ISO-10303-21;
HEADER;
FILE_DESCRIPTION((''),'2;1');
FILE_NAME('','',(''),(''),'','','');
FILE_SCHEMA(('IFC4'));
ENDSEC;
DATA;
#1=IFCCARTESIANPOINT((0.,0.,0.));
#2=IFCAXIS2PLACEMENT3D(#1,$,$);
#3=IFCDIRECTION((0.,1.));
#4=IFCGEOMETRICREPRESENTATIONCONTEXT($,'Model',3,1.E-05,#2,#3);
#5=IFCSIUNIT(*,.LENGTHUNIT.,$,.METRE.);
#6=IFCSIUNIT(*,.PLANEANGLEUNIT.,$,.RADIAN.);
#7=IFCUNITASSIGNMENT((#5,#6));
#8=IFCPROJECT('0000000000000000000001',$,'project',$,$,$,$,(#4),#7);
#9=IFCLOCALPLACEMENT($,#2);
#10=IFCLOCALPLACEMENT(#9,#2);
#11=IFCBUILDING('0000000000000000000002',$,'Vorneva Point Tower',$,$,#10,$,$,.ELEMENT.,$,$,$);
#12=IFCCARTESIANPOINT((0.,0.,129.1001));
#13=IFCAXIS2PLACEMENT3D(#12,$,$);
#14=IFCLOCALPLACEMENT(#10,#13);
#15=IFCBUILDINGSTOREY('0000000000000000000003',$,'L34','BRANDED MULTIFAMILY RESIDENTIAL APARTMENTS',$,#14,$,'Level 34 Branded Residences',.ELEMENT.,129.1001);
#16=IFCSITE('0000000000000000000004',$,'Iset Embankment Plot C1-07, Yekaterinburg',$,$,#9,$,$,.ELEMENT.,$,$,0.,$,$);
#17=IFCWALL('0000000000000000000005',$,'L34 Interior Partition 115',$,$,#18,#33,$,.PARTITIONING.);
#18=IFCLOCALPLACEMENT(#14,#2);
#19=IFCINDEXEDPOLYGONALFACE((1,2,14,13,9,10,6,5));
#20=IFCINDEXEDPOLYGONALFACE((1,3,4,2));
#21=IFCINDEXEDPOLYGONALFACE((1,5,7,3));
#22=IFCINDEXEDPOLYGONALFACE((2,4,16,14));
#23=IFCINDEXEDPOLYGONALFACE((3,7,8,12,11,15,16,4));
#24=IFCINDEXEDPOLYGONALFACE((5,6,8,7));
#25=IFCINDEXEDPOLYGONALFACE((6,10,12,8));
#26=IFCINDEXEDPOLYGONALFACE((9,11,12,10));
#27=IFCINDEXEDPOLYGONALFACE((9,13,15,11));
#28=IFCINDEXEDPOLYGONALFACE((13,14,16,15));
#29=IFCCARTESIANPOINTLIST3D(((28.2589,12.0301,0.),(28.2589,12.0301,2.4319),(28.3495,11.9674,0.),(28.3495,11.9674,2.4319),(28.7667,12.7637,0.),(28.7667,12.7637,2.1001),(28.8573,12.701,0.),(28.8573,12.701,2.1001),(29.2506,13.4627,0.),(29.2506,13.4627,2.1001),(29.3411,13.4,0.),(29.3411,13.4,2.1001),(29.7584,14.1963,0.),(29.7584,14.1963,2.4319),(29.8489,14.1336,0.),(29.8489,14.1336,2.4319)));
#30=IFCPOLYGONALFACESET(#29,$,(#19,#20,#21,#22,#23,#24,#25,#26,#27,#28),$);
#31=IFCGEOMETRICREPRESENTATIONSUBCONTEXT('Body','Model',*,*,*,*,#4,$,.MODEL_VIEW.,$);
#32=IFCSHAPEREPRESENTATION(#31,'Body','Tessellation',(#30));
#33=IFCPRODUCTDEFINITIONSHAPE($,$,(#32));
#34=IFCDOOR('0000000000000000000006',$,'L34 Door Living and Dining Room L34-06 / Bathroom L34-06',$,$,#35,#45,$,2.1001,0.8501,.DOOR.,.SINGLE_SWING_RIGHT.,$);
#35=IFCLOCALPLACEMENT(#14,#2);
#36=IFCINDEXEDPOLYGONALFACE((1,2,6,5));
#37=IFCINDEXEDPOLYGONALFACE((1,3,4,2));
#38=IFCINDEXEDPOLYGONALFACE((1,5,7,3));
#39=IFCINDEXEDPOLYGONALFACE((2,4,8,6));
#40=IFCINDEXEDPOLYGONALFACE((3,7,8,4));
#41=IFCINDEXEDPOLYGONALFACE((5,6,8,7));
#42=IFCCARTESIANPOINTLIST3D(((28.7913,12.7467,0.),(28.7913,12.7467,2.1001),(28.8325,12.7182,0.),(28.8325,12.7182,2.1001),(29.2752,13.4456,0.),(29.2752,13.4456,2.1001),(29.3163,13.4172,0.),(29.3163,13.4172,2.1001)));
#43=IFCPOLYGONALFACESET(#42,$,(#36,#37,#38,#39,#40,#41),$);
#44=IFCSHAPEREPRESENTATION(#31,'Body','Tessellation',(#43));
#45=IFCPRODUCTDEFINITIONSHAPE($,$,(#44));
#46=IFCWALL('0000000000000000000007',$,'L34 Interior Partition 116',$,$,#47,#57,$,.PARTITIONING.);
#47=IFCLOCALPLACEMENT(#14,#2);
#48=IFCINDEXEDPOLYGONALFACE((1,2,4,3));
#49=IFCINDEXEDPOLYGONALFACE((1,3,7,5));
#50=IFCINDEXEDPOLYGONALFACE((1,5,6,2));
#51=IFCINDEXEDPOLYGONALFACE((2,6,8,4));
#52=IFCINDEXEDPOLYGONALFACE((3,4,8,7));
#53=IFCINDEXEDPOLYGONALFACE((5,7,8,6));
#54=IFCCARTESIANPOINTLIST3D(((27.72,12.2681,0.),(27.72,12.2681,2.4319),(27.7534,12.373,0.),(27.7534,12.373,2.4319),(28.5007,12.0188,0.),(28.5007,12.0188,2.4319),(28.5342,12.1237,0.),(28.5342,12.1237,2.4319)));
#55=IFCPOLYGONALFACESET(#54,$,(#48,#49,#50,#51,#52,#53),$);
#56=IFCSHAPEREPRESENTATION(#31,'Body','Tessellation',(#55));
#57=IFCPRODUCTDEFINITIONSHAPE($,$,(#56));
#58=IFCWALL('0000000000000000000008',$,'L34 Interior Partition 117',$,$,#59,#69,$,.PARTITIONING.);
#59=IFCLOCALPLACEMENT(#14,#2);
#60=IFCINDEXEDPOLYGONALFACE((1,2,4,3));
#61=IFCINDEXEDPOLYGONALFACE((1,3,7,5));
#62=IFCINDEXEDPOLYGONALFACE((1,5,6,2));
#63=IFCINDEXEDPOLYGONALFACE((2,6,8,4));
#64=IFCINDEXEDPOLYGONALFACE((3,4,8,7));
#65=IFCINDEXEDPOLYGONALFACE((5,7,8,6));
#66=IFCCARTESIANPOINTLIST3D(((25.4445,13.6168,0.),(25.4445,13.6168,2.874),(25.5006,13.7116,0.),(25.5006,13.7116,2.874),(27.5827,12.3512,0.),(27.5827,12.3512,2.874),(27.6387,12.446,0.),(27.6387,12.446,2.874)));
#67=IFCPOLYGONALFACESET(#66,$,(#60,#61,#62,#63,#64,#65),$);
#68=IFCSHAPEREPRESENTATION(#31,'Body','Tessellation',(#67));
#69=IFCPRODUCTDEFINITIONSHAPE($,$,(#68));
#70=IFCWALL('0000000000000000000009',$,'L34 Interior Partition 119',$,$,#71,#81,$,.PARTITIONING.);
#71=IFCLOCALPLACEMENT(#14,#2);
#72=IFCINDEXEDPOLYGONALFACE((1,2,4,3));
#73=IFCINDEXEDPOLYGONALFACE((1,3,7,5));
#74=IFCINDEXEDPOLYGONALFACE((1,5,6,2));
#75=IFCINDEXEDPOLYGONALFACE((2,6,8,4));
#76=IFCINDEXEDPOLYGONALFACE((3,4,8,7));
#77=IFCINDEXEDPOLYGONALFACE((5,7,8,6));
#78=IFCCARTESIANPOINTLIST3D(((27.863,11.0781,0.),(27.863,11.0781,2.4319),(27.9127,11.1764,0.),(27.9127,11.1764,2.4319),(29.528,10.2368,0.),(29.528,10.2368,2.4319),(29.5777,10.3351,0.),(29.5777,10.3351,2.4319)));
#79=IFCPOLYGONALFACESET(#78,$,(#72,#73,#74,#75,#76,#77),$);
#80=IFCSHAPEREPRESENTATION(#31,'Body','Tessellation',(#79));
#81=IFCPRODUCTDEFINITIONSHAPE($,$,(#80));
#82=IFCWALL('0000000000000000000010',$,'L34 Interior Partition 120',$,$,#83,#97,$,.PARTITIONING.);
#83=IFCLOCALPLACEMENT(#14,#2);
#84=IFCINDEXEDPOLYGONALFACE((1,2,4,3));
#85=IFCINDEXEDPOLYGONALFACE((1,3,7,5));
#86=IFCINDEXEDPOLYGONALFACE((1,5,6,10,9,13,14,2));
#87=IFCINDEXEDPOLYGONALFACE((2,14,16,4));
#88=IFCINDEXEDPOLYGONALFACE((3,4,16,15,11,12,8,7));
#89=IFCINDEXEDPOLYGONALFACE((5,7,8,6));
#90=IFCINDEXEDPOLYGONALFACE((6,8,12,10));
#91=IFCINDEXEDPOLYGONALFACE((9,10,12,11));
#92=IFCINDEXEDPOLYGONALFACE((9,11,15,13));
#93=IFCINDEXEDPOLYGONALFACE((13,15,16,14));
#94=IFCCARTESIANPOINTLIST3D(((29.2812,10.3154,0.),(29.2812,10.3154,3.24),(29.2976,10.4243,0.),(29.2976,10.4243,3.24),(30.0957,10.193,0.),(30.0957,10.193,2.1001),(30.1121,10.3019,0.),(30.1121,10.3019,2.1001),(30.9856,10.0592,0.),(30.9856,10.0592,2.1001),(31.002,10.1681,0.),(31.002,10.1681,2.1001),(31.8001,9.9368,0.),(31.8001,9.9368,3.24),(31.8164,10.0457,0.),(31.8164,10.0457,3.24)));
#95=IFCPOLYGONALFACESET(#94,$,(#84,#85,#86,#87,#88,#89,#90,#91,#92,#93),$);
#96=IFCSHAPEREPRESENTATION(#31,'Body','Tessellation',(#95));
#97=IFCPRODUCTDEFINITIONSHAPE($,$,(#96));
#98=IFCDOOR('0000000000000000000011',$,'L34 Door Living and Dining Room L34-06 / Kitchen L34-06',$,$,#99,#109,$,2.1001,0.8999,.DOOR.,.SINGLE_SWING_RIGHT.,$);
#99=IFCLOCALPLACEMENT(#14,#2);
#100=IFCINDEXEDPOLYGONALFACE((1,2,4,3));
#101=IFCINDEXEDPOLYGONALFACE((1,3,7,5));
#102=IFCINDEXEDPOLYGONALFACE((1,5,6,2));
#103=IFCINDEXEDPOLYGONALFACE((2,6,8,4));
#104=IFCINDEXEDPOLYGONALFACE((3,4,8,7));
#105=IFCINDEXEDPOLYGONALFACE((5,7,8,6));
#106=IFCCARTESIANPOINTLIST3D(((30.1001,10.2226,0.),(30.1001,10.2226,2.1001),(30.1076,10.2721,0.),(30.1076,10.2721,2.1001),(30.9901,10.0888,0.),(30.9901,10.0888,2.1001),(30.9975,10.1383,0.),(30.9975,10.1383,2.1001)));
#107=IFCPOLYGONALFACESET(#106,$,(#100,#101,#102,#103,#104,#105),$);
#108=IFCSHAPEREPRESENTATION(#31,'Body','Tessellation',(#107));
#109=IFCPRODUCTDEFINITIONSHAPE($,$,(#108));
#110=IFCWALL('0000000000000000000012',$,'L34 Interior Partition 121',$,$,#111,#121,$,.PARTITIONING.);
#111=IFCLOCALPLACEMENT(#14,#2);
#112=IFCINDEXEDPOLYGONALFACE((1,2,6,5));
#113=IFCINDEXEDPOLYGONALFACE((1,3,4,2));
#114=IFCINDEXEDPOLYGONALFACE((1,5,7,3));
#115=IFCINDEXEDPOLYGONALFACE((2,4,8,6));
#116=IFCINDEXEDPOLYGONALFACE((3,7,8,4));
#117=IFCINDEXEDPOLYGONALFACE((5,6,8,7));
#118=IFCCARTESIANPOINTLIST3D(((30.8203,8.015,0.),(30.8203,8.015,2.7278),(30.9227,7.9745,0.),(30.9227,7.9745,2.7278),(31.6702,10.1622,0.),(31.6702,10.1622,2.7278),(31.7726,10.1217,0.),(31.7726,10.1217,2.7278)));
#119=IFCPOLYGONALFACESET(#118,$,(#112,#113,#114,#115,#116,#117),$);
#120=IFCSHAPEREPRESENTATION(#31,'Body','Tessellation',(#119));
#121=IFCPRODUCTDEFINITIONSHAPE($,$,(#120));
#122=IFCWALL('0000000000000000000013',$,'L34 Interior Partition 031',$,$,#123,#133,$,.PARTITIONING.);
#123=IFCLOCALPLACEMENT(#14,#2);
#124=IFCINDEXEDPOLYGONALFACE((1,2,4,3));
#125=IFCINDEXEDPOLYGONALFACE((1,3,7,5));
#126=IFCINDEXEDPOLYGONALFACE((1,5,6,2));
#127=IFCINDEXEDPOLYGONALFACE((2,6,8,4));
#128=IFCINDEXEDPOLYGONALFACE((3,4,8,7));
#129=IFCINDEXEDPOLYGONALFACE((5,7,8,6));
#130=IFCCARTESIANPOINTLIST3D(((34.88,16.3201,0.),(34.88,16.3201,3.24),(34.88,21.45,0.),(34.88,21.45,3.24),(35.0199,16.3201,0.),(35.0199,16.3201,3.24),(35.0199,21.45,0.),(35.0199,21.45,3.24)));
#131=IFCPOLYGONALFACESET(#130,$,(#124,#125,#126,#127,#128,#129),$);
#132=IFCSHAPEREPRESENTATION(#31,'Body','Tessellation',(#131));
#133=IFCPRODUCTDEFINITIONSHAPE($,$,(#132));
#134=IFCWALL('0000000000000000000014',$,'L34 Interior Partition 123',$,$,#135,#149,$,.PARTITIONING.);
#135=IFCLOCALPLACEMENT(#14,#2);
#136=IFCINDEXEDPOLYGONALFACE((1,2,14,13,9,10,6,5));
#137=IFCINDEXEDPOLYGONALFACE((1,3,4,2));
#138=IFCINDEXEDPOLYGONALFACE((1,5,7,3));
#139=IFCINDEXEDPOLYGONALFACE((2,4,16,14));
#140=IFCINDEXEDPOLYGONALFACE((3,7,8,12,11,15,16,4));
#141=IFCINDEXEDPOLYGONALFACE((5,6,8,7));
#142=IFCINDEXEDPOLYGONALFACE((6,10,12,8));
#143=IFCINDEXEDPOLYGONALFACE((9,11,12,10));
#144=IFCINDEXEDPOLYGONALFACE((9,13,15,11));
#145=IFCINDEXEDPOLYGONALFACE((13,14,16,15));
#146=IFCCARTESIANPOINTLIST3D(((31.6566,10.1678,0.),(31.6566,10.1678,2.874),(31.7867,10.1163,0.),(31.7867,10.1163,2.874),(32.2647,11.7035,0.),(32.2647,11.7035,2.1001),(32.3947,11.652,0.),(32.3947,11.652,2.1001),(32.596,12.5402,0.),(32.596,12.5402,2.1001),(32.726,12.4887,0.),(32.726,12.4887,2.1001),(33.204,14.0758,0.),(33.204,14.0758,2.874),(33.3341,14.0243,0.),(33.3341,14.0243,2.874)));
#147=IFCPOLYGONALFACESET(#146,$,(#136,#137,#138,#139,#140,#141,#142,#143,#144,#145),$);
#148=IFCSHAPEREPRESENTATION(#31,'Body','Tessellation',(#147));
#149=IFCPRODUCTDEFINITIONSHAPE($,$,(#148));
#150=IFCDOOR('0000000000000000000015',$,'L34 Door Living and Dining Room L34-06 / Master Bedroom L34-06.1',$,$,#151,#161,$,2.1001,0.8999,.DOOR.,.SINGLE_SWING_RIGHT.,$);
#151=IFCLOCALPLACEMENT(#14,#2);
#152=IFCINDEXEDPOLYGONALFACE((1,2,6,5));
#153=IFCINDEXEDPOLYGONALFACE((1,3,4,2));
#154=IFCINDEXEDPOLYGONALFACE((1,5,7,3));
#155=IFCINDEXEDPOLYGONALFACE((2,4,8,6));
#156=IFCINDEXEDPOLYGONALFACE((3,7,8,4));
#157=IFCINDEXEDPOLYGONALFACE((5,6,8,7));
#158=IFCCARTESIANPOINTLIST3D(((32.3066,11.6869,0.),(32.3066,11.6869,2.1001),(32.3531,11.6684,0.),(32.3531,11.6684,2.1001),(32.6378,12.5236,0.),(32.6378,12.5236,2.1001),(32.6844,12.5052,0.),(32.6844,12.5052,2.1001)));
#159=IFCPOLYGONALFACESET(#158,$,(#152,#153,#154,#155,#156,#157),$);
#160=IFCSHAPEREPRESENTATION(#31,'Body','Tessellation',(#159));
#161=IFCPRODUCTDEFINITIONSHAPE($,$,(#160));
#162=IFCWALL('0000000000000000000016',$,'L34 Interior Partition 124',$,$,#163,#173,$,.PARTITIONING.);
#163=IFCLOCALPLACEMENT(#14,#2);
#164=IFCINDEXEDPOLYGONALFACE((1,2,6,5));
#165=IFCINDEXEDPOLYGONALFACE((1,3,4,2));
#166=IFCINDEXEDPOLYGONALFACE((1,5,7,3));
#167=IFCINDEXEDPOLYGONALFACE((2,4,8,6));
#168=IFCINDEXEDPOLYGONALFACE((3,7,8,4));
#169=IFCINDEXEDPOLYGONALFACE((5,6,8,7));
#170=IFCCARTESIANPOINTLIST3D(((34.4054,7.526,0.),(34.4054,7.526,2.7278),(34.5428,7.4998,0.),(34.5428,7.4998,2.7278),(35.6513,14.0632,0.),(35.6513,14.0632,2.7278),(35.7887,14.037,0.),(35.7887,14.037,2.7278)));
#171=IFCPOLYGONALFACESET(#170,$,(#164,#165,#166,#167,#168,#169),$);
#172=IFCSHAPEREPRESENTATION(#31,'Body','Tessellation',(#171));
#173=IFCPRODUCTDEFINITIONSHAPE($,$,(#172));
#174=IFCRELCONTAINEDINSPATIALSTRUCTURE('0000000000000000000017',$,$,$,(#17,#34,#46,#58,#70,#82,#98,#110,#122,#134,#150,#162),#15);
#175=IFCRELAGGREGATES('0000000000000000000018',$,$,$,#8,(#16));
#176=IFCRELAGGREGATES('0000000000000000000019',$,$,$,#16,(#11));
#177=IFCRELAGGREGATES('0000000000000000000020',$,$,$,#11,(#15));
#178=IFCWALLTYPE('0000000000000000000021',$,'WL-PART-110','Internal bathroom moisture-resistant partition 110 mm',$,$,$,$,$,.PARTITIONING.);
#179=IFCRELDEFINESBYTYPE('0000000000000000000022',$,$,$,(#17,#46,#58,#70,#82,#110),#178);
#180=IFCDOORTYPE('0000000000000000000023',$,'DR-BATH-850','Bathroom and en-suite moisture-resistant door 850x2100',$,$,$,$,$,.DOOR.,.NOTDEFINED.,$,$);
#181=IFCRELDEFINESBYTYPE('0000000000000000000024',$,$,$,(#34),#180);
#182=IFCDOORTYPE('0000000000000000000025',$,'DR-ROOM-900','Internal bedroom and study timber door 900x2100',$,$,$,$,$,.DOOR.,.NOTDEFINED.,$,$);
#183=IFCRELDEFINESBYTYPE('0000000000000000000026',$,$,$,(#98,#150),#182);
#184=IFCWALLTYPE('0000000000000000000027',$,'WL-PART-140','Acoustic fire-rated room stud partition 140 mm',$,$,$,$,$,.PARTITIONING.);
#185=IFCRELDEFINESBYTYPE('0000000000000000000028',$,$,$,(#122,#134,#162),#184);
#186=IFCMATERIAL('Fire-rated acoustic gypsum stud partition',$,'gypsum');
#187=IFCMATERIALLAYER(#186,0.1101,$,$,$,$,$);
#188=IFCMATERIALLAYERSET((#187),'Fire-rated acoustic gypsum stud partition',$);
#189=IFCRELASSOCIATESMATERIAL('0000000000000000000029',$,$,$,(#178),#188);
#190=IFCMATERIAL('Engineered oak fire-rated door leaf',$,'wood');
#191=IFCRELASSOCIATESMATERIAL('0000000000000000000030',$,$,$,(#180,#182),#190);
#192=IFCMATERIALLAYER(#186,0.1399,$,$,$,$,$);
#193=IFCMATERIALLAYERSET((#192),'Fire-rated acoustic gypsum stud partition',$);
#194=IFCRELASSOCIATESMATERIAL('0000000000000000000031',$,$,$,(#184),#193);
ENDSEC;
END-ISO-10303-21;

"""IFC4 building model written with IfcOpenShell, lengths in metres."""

from ifc_helpers import new_model, si_unit, direction, frame, frame_2d, origin, place, context, subcontext, project, spatial, rectangle, extrude, material, layer, layer_set, type_object, element, fill, save


model = new_model("IFC4")

# Units and contexts
model_context = context("Model", 3, precision=1e-05, world=origin(), true_north=direction((0.0, 1.0)))
body_context = subcontext(model_context, "Body", "Model", "MODEL_VIEW")
ifc_project = project(units=[si_unit("LENGTHUNIT", "METRE"), si_unit("PLANEANGLEUNIT", "RADIAN")], contexts=[model_context])

# Site, building, storey
site_placement = place(None, origin())
site = spatial("IfcSite", under=ifc_project, at=site_placement, Name="Iset Embankment Plot C1-07, Yekaterinburg", CompositionType="ELEMENT", RefElevation=0.0)
building_placement = place(site_placement, origin())
building = spatial("IfcBuilding", under=site, at=building_placement, Name="Vorneva Point Tower", CompositionType="ELEMENT")
storey_placement = place(building_placement, frame((0.0, 0.0, 129.1001)))
storey = spatial("IfcBuildingStorey", under=building, at=storey_placement, Name="L34", Description="BRANDED MULTIFAMILY RESIDENTIAL APARTMENTS", LongName="Level 34 Branded Residences", CompositionType="ELEMENT", Elevation=129.1001)

# Wall, opening, door
ifc_material_1 = material(Name="Fire-rated acoustic gypsum stud partition", Category="gypsum")
ifc_layer_1 = layer(ifc_material_1, 0.1101)
ifc_layer_set_1 = layer_set([ifc_layer_1], Name="Fire-rated acoustic gypsum stud partition")
wall_type_1 = type_object("IfcWallType", Name="WL-PART-110", Description="Internal bathroom moisture-resistant partition 110 mm", PredefinedType="PARTITIONING", material=ifc_layer_set_1)
wall_1_placement = place(storey_placement, frame((29.8037, 14.165, 0.0), z_axis=(0.0, 0.0, 1.0), x_axis=(-0.569157, -0.822229, 0.0)))
wall_1 = element("IfcWall", 1, at=wall_1_placement, inside=storey, type_object=wall_type_1, Name="L34 Interior Partition 115", PredefinedType="PARTITIONING", context=body_context, shape_type="SweptSolid", body=[
    extrude(rectangle(XDim=2.6345, YDim=0.1101, at=frame_2d((1.3174, 0.0))), origin(), (0.0, 0.0, 1.0), 2.4319),
])
opening_1_placement = place(wall_1_placement, frame((0.8923, 0.0, 0.0)))
opening_1 = element("IfcOpeningElement", 2, at=opening_1_placement, cuts=wall_1, PredefinedType="OPENING", context=body_context, shape_type="SweptSolid", body=[
    extrude(rectangle(XDim=0.8501, YDim=2.1001, at=frame_2d((0.425, 1.05))), frame((0.0, 0.0698, 0.0), z_axis=(0.0, -1.0, 0.0), x_axis=(1.0, 0.0, 0.0)), (0.0, 0.0, 1.0), 0.1399),
])
ifc_material_2 = material(Name="Engineered oak fire-rated door leaf", Category="wood")
door_type_1 = type_object("IfcDoorType", Name="DR-BATH-850", Description="Bathroom and en-suite moisture-resistant door 850x2100", OperationType="NOTDEFINED", PredefinedType="DOOR", material=ifc_material_2)
door_1_placement = place(opening_1_placement, origin())
door_1 = element("IfcDoor", 3, at=door_1_placement, inside=storey, type_object=door_type_1, Name="L34 Door Living and Dining Room L34-06 / Bathroom L34-06", OperationType="SINGLE_SWING_RIGHT", OverallHeight=2.1001, OverallWidth=0.8501, PredefinedType="DOOR", context=body_context, shape_type="SweptSolid", body=[
    extrude(rectangle(XDim=0.8501, YDim=2.1001, at=frame_2d((0.425, 1.05))), frame((0.0, 0.0249, 0.0), z_axis=(0.0, -1.0, 0.0), x_axis=(1.0, 0.0, 0.0)), (0.0, 0.0, 1.0), 0.05),
])
fill(opening_1, door_1)

# Walls
wall_2_placement = place(storey_placement, frame((28.5173, 12.0713, 0.0), z_axis=(0.0, 0.0, 1.0), x_axis=(-0.952628, 0.304138, 0.0)))
element("IfcWall", 4, at=wall_2_placement, inside=storey, type_object=wall_type_1, Name="L34 Interior Partition 116", PredefinedType="PARTITIONING", context=body_context, shape_type="SweptSolid", body=[
    extrude(rectangle(XDim=0.8196, YDim=0.1101, at=frame_2d((0.4097, 0.0))), origin(), (0.0, 0.0, 1.0), 2.4319),
])
wall_3_placement = place(storey_placement, frame((27.6106, 12.3987, 0.0), z_axis=(0.0, 0.0, 1.0), x_axis=(-0.860547, 0.509371, 0.0)))
element("IfcWall", 5, at=wall_3_placement, inside=storey, type_object=wall_type_1, Name="L34 Interior Partition 117", PredefinedType="PARTITIONING", context=body_context, shape_type="SweptSolid", body=[
    extrude(rectangle(XDim=2.4846, YDim=0.1101, at=frame_2d((1.2422, 0.0))), origin(), (0.0, 0.0, 1.0), 2.874),
])
wall_4_placement = place(storey_placement, frame((27.8879, 11.1272, 0.0), z_axis=(0.0, 0.0, 1.0), x_axis=(0.892535, -0.450979, 0.0)))
element("IfcWall", 6, at=wall_4_placement, inside=storey, type_object=wall_type_1, Name="L34 Interior Partition 119", PredefinedType="PARTITIONING", context=body_context, shape_type="SweptSolid", body=[
    extrude(rectangle(XDim=1.8655, YDim=0.1101, at=frame_2d((0.9326, 0.0))), origin(), (0.0, 0.0, 1.0), 2.4319),
])

# Wall, opening, door
wall_5_placement = place(storey_placement, frame((29.2896, 10.3699, 0.0), z_axis=(0.0, 0.0, 1.0), x_axis=(0.988888, -0.148664, 0.0)))
wall_5 = element("IfcWall", 7, at=wall_5_placement, inside=storey, type_object=wall_type_1, Name="L34 Interior Partition 120", PredefinedType="PARTITIONING", context=body_context, shape_type="SweptSolid", body=[
    extrude(rectangle(XDim=2.5471, YDim=0.1101, at=frame_2d((1.2734, 0.0))), origin(), (0.0, 0.0, 1.0), 3.24),
])
opening_2_placement = place(wall_5_placement, frame((0.8235, 0.0, 0.0)))
opening_2 = element("IfcOpeningElement", 8, at=opening_2_placement, cuts=wall_5, PredefinedType="OPENING", context=body_context, shape_type="SweptSolid", body=[
    extrude(rectangle(XDim=0.8999, YDim=2.1001, at=frame_2d((0.45, 1.05))), frame((0.0, 0.0698, 0.0), z_axis=(0.0, -1.0, 0.0), x_axis=(1.0, 0.0, 0.0)), (0.0, 0.0, 1.0), 0.1399),
])
door_type_2 = type_object("IfcDoorType", Name="DR-ROOM-900", Description="Internal bedroom and study timber door 900x2100", OperationType="NOTDEFINED", PredefinedType="DOOR", material=ifc_material_2)
door_2_placement = place(opening_2_placement, origin())
door_2 = element("IfcDoor", 9, at=door_2_placement, inside=storey, type_object=door_type_2, Name="L34 Door Living and Dining Room L34-06 / Kitchen L34-06", OperationType="SINGLE_SWING_RIGHT", OverallHeight=2.1001, OverallWidth=0.8999, PredefinedType="DOOR", context=body_context, shape_type="SweptSolid", body=[
    extrude(rectangle(XDim=0.8999, YDim=2.1001, at=frame_2d((0.45, 1.05))), frame((0.0, 0.0249, 0.0), z_axis=(0.0, -1.0, 0.0), x_axis=(1.0, 0.0, 0.0)), (0.0, 0.0, 1.0), 0.05),
])
fill(opening_2, door_2)

# Walls
wall_6_placement = place(storey_placement, frame((31.7214, 10.1421, 0.0), z_axis=(0.0, 0.0, 1.0), x_axis=(-0.368016, -0.929819, 0.0)))
element("IfcWall", 10, at=wall_6_placement, inside=storey, type_object=wall_type_1, Name="L34 Interior Partition 121", PredefinedType="PARTITIONING", context=body_context, shape_type="SweptSolid", body=[
    extrude(rectangle(XDim=2.3093, YDim=0.1101, at=frame_2d((1.1548, 0.0))), origin(), (0.0, 0.0, 1.0), 2.7278),
])
ifc_layer_2 = layer(ifc_material_1, 0.1399)
ifc_layer_set_2 = layer_set([ifc_layer_2], Name="Fire-rated acoustic gypsum stud partition")
wall_type_2 = type_object("IfcWallType", Name="WL-PART-140", Description="Acoustic fire-rated room stud partition 140 mm", PredefinedType="PARTITIONING", material=ifc_layer_set_2)
wall_7_placement = place(storey_placement, frame((34.95, 16.3201, 0.0), z_axis=(0.0, 0.0, 1.0), x_axis=(0.0, 1.0, 0.0)))
element("IfcWall", 11, at=wall_7_placement, inside=storey, type_object=wall_type_2, Name="L34 Interior Partition 031", PredefinedType="PARTITIONING", context=body_context, shape_type="SweptSolid", body=[
    extrude(rectangle(XDim=5.1299, YDim=0.1399, at=frame_2d((2.5649, 0.0))), origin(), (0.0, 0.0, 1.0), 3.24),
])

# Wall, opening, door
wall_8_placement = place(storey_placement, frame((31.7217, 10.1421, 0.0), z_axis=(0.0, 0.0, 1.0), x_axis=(0.368144, 0.929769, 0.0)))
wall_8 = element("IfcWall", 12, at=wall_8_placement, inside=storey, type_object=wall_type_2, Name="L34 Interior Partition 123", PredefinedType="PARTITIONING", context=body_context, shape_type="SweptSolid", body=[
    extrude(rectangle(XDim=4.2031, YDim=0.1399, at=frame_2d((2.1016, 0.0))), origin(), (0.0, 0.0, 1.0), 2.874),
])
opening_3_placement = place(wall_8_placement, frame((1.6516, 0.0, 0.0)))
opening_3 = element("IfcOpeningElement", 13, at=opening_3_placement, cuts=wall_8, PredefinedType="OPENING", context=body_context, shape_type="SweptSolid", body=[
    extrude(rectangle(XDim=0.8999, YDim=2.1001, at=frame_2d((0.45, 1.05))), frame((0.0, 0.085, 0.0), z_axis=(0.0, -1.0, 0.0), x_axis=(1.0, 0.0, 0.0)), (0.0, 0.0, 1.0), 0.1697),
])
door_3_placement = place(opening_3_placement, origin())
door_3 = element("IfcDoor", 14, at=door_3_placement, inside=storey, type_object=door_type_2, Name="L34 Door Living and Dining Room L34-06 / Master Bedroom L34-06.1", OperationType="SINGLE_SWING_RIGHT", OverallHeight=2.1001, OverallWidth=0.8999, PredefinedType="DOOR", context=body_context, shape_type="SweptSolid", body=[
    extrude(rectangle(XDim=0.8999, YDim=2.1001, at=frame_2d((0.45, 1.05))), frame((0.0, 0.0249, 0.0), z_axis=(0.0, -1.0, 0.0), x_axis=(1.0, 0.0, 0.0)), (0.0, 0.0, 1.0), 0.05),
])
fill(opening_3, door_3)

# Wall
wall_9_placement = place(storey_placement, frame((34.4741, 7.5129, 0.0), z_axis=(0.0, 0.0, 1.0), x_axis=(0.187212, 0.98232, 0.0)))
element("IfcWall", 15, at=wall_9_placement, inside=storey, type_object=wall_type_2, Name="L34 Interior Partition 124", PredefinedType="PARTITIONING", context=body_context, shape_type="SweptSolid", body=[
    extrude(rectangle(XDim=6.6548, YDim=0.1399, at=frame_2d((3.3274, 0.0))), origin(), (0.0, 0.0, 1.0), 2.7278),
])

save(model, "model.ifc")
